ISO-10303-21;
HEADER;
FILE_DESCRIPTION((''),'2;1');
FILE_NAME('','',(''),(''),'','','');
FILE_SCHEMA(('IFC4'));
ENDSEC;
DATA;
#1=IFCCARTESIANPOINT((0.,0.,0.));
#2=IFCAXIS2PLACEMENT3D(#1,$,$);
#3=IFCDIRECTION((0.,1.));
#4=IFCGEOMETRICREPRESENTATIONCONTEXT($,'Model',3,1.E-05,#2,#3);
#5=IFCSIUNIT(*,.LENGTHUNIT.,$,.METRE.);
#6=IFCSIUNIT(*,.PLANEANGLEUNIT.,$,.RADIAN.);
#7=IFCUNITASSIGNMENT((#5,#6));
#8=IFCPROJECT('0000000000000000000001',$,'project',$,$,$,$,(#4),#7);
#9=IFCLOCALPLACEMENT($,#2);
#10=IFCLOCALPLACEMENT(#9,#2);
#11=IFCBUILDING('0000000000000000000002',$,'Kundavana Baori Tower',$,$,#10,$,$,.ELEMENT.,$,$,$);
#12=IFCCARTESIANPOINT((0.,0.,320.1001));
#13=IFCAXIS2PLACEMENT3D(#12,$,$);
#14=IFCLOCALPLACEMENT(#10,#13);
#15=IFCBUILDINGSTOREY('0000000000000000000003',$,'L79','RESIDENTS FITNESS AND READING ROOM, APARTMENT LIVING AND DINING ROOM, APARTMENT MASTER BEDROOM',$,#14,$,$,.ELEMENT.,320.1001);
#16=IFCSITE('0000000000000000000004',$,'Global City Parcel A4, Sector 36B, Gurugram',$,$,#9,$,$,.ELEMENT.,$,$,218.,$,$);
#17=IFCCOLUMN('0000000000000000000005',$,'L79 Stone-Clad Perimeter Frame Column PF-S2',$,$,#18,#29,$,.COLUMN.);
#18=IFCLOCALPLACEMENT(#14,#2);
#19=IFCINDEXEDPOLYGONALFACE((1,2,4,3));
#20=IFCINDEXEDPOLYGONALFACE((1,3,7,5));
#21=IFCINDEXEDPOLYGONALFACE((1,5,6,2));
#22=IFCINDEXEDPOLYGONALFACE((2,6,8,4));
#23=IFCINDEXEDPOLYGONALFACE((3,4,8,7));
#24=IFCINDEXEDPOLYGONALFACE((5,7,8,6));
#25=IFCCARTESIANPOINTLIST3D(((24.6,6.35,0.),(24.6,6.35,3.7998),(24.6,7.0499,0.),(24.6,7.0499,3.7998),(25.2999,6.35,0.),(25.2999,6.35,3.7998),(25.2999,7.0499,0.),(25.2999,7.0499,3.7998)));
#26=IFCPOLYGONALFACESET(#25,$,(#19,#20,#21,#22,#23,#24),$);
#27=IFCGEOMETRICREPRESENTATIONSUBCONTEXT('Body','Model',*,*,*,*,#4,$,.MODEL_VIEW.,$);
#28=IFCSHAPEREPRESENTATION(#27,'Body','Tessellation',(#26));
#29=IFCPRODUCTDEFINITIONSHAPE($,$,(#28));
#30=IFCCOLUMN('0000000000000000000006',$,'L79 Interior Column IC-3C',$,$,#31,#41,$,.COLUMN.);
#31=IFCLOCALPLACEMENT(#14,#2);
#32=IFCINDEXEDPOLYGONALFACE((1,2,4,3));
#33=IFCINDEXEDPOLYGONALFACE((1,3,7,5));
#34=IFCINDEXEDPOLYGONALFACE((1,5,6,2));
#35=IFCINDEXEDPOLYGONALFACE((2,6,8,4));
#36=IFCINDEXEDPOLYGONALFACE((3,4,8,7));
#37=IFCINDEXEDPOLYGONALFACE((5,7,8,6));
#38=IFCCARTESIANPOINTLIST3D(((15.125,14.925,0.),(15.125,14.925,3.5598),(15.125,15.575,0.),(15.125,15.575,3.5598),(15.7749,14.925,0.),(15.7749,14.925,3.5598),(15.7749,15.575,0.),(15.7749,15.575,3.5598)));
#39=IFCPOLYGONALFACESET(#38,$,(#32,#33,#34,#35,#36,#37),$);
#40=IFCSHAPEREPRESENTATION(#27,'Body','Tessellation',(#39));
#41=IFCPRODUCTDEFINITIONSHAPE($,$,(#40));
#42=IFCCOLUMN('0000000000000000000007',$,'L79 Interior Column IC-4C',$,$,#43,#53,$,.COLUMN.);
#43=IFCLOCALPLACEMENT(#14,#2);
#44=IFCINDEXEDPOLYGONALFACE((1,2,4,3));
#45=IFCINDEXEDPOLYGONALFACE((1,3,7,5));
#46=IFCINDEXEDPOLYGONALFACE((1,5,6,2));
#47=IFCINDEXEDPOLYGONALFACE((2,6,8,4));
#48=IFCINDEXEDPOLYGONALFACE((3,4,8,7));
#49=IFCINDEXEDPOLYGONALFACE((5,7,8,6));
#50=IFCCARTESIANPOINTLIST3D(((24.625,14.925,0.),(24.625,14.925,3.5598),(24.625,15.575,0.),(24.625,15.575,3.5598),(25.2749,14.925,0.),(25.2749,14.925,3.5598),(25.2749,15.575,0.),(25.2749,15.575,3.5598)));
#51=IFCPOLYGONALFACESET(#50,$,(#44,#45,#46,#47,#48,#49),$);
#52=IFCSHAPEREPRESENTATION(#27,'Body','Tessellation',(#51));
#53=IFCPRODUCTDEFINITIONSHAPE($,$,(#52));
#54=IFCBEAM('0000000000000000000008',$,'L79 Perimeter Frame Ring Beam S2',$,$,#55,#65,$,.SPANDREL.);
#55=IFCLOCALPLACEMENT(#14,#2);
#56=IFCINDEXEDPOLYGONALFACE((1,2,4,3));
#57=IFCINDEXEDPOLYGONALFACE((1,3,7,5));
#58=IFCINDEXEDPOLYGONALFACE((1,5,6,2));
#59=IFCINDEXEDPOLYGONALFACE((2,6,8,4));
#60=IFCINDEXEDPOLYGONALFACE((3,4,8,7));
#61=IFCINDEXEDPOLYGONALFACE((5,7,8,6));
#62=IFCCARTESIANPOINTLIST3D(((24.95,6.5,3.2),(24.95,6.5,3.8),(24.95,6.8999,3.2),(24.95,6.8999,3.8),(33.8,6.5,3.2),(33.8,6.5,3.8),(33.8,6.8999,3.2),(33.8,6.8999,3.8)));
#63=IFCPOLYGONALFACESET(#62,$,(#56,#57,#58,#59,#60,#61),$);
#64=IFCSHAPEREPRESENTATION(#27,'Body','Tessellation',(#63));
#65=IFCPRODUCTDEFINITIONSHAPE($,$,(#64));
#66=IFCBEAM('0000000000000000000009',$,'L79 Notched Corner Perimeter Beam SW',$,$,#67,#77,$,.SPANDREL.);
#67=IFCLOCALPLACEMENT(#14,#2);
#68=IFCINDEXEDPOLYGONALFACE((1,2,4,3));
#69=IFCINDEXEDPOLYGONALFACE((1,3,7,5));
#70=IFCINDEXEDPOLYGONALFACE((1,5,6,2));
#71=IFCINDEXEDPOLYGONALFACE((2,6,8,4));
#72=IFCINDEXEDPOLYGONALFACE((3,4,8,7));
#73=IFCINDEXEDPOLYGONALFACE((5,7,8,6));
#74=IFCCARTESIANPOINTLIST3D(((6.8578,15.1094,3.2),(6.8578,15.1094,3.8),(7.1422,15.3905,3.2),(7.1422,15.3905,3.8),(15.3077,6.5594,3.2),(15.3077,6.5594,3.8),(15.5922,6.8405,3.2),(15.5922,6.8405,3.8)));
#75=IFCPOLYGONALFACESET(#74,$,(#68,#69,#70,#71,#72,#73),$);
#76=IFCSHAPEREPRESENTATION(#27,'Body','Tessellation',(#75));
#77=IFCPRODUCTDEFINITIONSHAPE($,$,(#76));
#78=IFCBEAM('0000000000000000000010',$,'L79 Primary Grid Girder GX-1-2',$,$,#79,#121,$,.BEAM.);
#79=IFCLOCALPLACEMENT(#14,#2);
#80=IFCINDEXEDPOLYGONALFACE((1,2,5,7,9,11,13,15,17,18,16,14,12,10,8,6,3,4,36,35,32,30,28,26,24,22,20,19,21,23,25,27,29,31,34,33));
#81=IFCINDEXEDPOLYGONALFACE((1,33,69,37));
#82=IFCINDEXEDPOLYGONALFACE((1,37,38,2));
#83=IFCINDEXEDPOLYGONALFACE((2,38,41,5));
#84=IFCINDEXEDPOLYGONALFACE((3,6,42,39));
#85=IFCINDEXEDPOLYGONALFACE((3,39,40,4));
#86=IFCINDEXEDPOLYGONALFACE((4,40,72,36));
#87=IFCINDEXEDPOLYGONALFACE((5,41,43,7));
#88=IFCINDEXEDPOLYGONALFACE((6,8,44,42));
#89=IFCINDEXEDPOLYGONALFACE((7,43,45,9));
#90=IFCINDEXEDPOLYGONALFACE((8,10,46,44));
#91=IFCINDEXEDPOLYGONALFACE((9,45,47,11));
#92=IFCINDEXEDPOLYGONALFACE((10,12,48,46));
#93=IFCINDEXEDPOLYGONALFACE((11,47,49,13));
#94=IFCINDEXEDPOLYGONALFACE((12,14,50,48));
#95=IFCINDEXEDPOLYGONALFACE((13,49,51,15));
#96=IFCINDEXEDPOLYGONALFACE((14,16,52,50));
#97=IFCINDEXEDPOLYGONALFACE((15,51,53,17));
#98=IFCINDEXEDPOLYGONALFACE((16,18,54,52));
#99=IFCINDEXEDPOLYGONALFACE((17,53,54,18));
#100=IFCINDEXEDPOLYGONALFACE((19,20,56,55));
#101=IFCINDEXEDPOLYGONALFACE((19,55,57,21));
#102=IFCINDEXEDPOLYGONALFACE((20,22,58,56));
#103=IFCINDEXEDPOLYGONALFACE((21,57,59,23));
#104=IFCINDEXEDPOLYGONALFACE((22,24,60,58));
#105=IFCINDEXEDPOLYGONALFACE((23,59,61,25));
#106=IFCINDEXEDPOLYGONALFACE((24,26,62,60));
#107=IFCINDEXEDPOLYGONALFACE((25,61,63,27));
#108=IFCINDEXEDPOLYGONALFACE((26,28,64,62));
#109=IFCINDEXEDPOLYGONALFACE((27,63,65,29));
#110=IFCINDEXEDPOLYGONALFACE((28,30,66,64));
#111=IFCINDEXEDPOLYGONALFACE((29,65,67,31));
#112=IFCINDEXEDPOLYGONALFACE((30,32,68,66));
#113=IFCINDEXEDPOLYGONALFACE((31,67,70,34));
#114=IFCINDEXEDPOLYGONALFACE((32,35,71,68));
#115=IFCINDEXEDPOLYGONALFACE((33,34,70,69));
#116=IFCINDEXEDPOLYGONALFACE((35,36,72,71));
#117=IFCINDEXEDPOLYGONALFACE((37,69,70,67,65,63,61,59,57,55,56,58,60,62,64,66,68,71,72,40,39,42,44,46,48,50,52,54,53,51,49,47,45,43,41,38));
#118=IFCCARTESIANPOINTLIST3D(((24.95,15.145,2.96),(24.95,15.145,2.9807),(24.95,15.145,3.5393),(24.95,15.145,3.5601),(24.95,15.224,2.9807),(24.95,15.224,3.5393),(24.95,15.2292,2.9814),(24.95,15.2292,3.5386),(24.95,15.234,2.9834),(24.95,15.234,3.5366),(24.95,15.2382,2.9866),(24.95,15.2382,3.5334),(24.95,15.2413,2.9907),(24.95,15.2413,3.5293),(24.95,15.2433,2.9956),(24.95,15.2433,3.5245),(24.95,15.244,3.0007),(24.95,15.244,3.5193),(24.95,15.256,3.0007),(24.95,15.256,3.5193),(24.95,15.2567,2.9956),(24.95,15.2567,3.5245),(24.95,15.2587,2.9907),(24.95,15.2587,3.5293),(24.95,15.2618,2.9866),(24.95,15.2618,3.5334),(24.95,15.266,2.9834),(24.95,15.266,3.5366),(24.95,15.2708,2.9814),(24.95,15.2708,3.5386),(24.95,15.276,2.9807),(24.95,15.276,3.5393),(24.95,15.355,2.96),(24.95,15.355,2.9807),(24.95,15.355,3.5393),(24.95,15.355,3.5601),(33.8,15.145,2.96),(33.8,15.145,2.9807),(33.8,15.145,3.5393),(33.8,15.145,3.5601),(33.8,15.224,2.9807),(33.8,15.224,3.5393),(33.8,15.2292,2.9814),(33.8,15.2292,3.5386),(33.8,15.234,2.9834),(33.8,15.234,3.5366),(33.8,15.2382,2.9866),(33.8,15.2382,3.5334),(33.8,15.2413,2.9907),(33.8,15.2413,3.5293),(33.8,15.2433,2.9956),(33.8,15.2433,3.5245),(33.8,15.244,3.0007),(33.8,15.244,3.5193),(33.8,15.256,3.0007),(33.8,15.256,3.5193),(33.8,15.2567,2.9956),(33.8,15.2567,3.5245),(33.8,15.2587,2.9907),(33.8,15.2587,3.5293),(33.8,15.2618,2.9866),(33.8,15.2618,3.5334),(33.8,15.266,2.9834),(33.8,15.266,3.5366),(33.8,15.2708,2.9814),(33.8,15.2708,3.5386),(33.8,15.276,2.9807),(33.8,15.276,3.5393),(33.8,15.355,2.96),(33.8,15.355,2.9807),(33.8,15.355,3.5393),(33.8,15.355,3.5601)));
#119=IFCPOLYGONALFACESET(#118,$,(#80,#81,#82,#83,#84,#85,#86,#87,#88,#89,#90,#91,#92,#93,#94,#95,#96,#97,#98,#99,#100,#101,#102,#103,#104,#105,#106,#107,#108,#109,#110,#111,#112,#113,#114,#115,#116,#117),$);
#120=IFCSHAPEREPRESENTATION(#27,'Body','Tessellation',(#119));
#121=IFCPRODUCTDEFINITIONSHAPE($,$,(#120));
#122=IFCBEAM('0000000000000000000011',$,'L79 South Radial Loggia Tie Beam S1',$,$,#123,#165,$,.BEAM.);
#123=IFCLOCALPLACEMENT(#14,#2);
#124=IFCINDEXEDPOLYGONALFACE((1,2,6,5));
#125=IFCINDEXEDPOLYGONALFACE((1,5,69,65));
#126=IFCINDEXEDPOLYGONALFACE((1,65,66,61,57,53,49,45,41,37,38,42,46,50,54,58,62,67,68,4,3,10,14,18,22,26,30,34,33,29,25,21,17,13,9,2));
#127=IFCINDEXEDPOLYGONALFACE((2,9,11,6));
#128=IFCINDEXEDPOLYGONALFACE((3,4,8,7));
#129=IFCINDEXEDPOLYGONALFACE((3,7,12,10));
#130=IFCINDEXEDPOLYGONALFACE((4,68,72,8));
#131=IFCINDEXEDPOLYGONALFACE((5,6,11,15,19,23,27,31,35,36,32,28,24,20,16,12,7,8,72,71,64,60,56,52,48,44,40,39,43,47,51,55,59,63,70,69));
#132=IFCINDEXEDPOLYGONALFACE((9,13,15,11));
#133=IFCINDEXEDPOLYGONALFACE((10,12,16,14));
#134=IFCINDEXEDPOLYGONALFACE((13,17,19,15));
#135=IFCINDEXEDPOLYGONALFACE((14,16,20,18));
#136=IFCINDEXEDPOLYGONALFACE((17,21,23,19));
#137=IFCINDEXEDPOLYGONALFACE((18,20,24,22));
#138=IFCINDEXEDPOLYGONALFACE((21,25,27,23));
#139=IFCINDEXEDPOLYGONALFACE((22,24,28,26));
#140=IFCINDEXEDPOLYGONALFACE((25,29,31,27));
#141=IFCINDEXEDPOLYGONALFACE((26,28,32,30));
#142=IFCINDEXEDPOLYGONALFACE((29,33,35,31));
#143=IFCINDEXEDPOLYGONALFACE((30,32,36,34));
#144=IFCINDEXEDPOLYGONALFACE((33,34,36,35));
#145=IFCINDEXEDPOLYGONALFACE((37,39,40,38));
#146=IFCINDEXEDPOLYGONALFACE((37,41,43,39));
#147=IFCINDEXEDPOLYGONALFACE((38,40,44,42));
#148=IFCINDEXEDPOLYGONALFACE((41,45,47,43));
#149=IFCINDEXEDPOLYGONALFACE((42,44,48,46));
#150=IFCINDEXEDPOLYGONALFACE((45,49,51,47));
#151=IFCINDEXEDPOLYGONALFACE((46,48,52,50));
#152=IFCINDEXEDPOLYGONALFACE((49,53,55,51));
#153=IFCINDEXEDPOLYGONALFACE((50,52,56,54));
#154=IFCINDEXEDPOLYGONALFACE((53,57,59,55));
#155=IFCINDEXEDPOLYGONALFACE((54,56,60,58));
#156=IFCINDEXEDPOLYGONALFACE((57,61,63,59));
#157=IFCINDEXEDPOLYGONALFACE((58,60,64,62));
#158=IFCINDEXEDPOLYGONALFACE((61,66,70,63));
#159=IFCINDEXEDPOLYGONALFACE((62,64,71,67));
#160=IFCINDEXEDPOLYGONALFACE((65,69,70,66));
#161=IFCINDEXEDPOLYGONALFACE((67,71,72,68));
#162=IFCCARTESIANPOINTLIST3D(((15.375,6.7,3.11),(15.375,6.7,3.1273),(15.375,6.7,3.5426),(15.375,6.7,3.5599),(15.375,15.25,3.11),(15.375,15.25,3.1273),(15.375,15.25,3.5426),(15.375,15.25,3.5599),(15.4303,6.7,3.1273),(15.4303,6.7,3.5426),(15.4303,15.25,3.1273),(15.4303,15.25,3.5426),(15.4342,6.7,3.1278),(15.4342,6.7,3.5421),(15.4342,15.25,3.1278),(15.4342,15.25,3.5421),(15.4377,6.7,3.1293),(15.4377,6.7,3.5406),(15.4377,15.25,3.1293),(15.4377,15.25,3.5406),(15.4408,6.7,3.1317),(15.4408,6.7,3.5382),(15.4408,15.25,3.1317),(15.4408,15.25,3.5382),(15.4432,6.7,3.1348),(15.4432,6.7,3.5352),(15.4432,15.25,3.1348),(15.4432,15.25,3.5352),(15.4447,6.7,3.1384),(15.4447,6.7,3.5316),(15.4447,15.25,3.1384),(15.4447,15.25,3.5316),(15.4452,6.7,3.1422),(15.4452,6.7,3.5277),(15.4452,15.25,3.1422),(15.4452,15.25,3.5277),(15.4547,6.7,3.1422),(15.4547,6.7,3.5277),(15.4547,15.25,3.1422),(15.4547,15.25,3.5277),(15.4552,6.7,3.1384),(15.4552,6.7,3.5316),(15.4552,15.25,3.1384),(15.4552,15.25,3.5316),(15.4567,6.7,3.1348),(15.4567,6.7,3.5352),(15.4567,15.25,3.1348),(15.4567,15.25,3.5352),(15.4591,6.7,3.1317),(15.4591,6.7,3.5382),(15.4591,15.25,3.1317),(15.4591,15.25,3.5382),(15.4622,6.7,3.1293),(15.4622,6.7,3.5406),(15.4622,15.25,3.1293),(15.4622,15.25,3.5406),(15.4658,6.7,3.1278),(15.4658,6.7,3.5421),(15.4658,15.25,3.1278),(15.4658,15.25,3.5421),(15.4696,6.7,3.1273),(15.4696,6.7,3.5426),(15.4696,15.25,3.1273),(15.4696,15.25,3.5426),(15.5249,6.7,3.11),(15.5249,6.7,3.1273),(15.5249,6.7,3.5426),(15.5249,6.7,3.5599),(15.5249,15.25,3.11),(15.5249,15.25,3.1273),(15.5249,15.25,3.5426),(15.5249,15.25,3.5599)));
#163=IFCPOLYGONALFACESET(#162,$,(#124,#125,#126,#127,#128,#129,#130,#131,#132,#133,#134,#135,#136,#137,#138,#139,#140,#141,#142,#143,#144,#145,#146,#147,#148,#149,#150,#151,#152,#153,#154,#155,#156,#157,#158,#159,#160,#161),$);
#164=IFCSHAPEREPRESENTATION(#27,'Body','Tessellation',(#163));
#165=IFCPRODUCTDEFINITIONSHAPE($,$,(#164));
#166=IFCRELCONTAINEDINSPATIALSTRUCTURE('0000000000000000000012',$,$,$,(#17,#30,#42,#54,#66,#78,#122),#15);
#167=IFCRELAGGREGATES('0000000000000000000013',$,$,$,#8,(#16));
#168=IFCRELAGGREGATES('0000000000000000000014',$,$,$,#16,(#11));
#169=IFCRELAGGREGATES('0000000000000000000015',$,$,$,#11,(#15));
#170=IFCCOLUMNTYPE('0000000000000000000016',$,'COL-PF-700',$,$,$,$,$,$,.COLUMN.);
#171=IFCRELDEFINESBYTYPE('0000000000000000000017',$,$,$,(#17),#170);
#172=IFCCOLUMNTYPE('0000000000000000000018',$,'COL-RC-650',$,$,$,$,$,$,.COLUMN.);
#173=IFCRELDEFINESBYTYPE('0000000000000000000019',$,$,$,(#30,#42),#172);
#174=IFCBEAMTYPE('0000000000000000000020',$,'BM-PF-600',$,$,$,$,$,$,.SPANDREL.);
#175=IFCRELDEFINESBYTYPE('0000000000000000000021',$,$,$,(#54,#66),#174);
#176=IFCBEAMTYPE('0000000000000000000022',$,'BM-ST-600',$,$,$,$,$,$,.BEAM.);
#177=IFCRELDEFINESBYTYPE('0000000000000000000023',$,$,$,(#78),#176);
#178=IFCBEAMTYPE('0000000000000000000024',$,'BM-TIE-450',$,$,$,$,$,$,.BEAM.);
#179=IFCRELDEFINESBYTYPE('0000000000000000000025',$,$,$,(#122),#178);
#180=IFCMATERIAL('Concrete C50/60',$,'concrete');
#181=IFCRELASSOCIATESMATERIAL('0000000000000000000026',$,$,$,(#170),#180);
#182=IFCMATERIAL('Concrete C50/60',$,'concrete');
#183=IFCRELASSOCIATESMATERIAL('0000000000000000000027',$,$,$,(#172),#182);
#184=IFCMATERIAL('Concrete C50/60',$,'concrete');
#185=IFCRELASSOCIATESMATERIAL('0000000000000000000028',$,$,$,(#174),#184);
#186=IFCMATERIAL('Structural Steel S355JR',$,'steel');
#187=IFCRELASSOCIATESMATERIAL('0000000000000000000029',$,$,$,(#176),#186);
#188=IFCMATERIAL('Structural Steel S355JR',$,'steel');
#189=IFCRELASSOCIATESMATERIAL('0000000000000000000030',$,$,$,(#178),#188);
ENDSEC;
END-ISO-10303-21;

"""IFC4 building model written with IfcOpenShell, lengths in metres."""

from ifc_helpers import new_model, si_unit, direction, frame, origin, origin_2d, place, context, subcontext, project, spatial, rectangle, i_section, extrude, material, material_profile, profile_set, type_object, element, save


model = new_model("IFC4")

# Units and contexts
model_context = context("Model", 3, precision=1e-05, world=origin(), true_north=direction((0.0, 1.0)))
body_context = subcontext(model_context, "Body", "Model", "MODEL_VIEW")
ifc_project = project(units=[si_unit("LENGTHUNIT", "METRE"), si_unit("PLANEANGLEUNIT", "RADIAN")], contexts=[model_context])

# Site, building, storey
site_placement = place(None, origin())
site = spatial("IfcSite", under=ifc_project, at=site_placement, Name="Global City Parcel A4, Sector 36B, Gurugram", CompositionType="ELEMENT", RefElevation=218.0)
building_placement = place(site_placement, origin())
building = spatial("IfcBuilding", under=site, at=building_placement, Name="Kundavana Baori Tower", CompositionType="ELEMENT")
storey_placement = place(building_placement, frame((0.0, 0.0, 320.1001)))
storey = spatial("IfcBuildingStorey", under=building, at=storey_placement, Name="L79", Description="RESIDENTS FITNESS AND READING ROOM, APARTMENT LIVING AND DINING ROOM, APARTMENT MASTER BEDROOM", CompositionType="ELEMENT", Elevation=320.1001)

# Columns
ifc_material_1 = material(Name="Concrete C50/60", Category="concrete")
ifc_material_profile_1 = material_profile(ifc_material_1, rectangle(XDim=0.7, YDim=0.7, at=origin_2d()), Name="RC PF 700x700")
ifc_profile_set_1 = profile_set([ifc_material_profile_1], Name="Concrete C50/60")
column_type_1 = type_object("IfcColumnType", Name="COL-PF-700", PredefinedType="COLUMN", material=ifc_profile_set_1)
column_placement = place(storey_placement, frame((24.95, 6.7, 0.0), z_axis=(0.0, 0.0, 1.0), x_axis=(1.0, 0.0, 0.0)))
element("IfcColumn", 1, at=column_placement, inside=storey, type_object=column_type_1, Name="L79 Stone-Clad Perimeter Frame Column PF-S2", PredefinedType="COLUMN", context=body_context, shape_type="SweptSolid", body=[
    extrude(rectangle(XDim=0.7, YDim=0.7, at=origin_2d()), origin(), (0.0, 0.0, 1.0), 3.7998),
])
ifc_material_2 = material(Name="Concrete C50/60", Category="concrete")
ifc_material_profile_2 = material_profile(ifc_material_2, rectangle(XDim=0.6499, YDim=0.6499, at=origin_2d()), Name="RC 650x650")
ifc_profile_set_2 = profile_set([ifc_material_profile_2], Name="Concrete C50/60")
column_type_2 = type_object("IfcColumnType", Name="COL-RC-650", PredefinedType="COLUMN", material=ifc_profile_set_2)
for number, where, z_axis, x_axis, name in (
    (2, (15.45, 15.25, 0.0), (0.0, 0.0, 1.0), (1.0, 0.0, 0.0), "L79 Interior Column IC-3C"),
    (3, (24.95, 15.25, 0.0), (0.0, 0.0, 1.0), (1.0, 0.0, 0.0), "L79 Interior Column IC-4C"),
):
    element("IfcColumn", number, at=place(storey_placement, frame(where, z_axis=z_axis, x_axis=x_axis)), inside=storey, type_object=column_type_2, Name=name, PredefinedType="COLUMN", context=body_context, shape_type="SweptSolid", body=[
        extrude(rectangle(XDim=0.6499, YDim=0.6499, at=origin_2d()), origin(), (0.0, 0.0, 1.0), 3.5598),
    ])

# Beams
ifc_material_3 = material(Name="Concrete C50/60", Category="concrete")
ifc_material_profile_3 = material_profile(ifc_material_3, rectangle(XDim=0.3999, YDim=0.6001, at=origin_2d()), Name="RC BM 400x600")
ifc_profile_set_3 = profile_set([ifc_material_profile_3], Name="Concrete C50/60")
beam_type_1 = type_object("IfcBeamType", Name="BM-PF-600", PredefinedType="SPANDREL", material=ifc_profile_set_3)
beam_1_placement = place(storey_placement, frame((24.95, 6.7, 3.5), z_axis=(1.0, 0.0, 0.0), x_axis=(0.0, 1.0, 0.0)))
element("IfcBeam", 4, at=beam_1_placement, inside=storey, type_object=beam_type_1, Name="L79 Perimeter Frame Ring Beam S2", PredefinedType="SPANDREL", context=body_context, shape_type="SweptSolid", body=[
    extrude(rectangle(XDim=0.3999, YDim=0.6001, at=origin_2d()), origin(), (0.0, 0.0, 1.0), 8.8501),
])
beam_2_placement = place(storey_placement, frame((15.45, 6.7, 3.5), z_axis=(-0.702931, 0.711258, 0.0), x_axis=(-0.711258, -0.702931, 0.0)))
element("IfcBeam", 5, at=beam_2_placement, inside=storey, type_object=beam_type_1, Name="L79 Notched Corner Perimeter Beam SW", PredefinedType="SPANDREL", context=body_context, shape_type="SweptSolid", body=[
    extrude(rectangle(XDim=0.3999, YDim=0.6001, at=origin_2d()), origin(), (0.0, 0.0, 1.0), 12.021),
])
ifc_material_4 = material(Name="Structural Steel S355JR", Category="steel")
ifc_material_profile_4 = material_profile(ifc_material_4, i_section(OverallWidth=0.21, OverallDepth=0.6001, WebThickness=0.012, FlangeThickness=0.0208, FilletRadius=0.02, at=origin_2d()), Name="ISMB 600")
ifc_profile_set_4 = profile_set([ifc_material_profile_4], Name="Structural Steel S355JR")
beam_type_2 = type_object("IfcBeamType", Name="BM-ST-600", PredefinedType="BEAM", material=ifc_profile_set_4)
beam_3_placement = place(storey_placement, frame((24.95, 15.25, 3.26), z_axis=(1.0, 0.0, 0.0), x_axis=(0.0, 1.0, 0.0)))
element("IfcBeam", 6, at=beam_3_placement, inside=storey, type_object=beam_type_2, Name="L79 Primary Grid Girder GX-1-2", PredefinedType="BEAM", context=body_context, shape_type="SweptSolid", body=[
    extrude(i_section(OverallWidth=0.21, OverallDepth=0.6001, WebThickness=0.012, FlangeThickness=0.0208, FilletRadius=0.02, at=origin_2d()), origin(), (0.0, 0.0, 1.0), 8.8501),
])
ifc_material_5 = material(Name="Structural Steel S355JR", Category="steel")
ifc_material_profile_5 = material_profile(ifc_material_5, i_section(OverallWidth=0.1499, OverallDepth=0.45, WebThickness=0.0095, FlangeThickness=0.0173, FilletRadius=0.0149, at=origin_2d()), Name="ISMB 450")
ifc_profile_set_5 = profile_set([ifc_material_profile_5], Name="Structural Steel S355JR")
beam_type_3 = type_object("IfcBeamType", Name="BM-TIE-450", PredefinedType="BEAM", material=ifc_profile_set_5)
for number, where, z_axis, x_axis, name in (
    (7, (15.45, 15.25, 3.335), (0.0, -1.0, 0.0), (1.0, 0.0, 0.0), "L79 South Radial Loggia Tie Beam S1"),
):
    element("IfcBeam", number, at=place(storey_placement, frame(where, z_axis=z_axis, x_axis=x_axis)), inside=storey, type_object=beam_type_3, Name=name, PredefinedType="BEAM", context=body_context, shape_type="SweptSolid", body=[
        extrude(i_section(OverallWidth=0.1499, OverallDepth=0.45, WebThickness=0.0095, FlangeThickness=0.0173, FilletRadius=0.0149, at=origin_2d()), origin(), (0.0, 0.0, 1.0), 8.55),
    ])

save(model, "model.ifc")
